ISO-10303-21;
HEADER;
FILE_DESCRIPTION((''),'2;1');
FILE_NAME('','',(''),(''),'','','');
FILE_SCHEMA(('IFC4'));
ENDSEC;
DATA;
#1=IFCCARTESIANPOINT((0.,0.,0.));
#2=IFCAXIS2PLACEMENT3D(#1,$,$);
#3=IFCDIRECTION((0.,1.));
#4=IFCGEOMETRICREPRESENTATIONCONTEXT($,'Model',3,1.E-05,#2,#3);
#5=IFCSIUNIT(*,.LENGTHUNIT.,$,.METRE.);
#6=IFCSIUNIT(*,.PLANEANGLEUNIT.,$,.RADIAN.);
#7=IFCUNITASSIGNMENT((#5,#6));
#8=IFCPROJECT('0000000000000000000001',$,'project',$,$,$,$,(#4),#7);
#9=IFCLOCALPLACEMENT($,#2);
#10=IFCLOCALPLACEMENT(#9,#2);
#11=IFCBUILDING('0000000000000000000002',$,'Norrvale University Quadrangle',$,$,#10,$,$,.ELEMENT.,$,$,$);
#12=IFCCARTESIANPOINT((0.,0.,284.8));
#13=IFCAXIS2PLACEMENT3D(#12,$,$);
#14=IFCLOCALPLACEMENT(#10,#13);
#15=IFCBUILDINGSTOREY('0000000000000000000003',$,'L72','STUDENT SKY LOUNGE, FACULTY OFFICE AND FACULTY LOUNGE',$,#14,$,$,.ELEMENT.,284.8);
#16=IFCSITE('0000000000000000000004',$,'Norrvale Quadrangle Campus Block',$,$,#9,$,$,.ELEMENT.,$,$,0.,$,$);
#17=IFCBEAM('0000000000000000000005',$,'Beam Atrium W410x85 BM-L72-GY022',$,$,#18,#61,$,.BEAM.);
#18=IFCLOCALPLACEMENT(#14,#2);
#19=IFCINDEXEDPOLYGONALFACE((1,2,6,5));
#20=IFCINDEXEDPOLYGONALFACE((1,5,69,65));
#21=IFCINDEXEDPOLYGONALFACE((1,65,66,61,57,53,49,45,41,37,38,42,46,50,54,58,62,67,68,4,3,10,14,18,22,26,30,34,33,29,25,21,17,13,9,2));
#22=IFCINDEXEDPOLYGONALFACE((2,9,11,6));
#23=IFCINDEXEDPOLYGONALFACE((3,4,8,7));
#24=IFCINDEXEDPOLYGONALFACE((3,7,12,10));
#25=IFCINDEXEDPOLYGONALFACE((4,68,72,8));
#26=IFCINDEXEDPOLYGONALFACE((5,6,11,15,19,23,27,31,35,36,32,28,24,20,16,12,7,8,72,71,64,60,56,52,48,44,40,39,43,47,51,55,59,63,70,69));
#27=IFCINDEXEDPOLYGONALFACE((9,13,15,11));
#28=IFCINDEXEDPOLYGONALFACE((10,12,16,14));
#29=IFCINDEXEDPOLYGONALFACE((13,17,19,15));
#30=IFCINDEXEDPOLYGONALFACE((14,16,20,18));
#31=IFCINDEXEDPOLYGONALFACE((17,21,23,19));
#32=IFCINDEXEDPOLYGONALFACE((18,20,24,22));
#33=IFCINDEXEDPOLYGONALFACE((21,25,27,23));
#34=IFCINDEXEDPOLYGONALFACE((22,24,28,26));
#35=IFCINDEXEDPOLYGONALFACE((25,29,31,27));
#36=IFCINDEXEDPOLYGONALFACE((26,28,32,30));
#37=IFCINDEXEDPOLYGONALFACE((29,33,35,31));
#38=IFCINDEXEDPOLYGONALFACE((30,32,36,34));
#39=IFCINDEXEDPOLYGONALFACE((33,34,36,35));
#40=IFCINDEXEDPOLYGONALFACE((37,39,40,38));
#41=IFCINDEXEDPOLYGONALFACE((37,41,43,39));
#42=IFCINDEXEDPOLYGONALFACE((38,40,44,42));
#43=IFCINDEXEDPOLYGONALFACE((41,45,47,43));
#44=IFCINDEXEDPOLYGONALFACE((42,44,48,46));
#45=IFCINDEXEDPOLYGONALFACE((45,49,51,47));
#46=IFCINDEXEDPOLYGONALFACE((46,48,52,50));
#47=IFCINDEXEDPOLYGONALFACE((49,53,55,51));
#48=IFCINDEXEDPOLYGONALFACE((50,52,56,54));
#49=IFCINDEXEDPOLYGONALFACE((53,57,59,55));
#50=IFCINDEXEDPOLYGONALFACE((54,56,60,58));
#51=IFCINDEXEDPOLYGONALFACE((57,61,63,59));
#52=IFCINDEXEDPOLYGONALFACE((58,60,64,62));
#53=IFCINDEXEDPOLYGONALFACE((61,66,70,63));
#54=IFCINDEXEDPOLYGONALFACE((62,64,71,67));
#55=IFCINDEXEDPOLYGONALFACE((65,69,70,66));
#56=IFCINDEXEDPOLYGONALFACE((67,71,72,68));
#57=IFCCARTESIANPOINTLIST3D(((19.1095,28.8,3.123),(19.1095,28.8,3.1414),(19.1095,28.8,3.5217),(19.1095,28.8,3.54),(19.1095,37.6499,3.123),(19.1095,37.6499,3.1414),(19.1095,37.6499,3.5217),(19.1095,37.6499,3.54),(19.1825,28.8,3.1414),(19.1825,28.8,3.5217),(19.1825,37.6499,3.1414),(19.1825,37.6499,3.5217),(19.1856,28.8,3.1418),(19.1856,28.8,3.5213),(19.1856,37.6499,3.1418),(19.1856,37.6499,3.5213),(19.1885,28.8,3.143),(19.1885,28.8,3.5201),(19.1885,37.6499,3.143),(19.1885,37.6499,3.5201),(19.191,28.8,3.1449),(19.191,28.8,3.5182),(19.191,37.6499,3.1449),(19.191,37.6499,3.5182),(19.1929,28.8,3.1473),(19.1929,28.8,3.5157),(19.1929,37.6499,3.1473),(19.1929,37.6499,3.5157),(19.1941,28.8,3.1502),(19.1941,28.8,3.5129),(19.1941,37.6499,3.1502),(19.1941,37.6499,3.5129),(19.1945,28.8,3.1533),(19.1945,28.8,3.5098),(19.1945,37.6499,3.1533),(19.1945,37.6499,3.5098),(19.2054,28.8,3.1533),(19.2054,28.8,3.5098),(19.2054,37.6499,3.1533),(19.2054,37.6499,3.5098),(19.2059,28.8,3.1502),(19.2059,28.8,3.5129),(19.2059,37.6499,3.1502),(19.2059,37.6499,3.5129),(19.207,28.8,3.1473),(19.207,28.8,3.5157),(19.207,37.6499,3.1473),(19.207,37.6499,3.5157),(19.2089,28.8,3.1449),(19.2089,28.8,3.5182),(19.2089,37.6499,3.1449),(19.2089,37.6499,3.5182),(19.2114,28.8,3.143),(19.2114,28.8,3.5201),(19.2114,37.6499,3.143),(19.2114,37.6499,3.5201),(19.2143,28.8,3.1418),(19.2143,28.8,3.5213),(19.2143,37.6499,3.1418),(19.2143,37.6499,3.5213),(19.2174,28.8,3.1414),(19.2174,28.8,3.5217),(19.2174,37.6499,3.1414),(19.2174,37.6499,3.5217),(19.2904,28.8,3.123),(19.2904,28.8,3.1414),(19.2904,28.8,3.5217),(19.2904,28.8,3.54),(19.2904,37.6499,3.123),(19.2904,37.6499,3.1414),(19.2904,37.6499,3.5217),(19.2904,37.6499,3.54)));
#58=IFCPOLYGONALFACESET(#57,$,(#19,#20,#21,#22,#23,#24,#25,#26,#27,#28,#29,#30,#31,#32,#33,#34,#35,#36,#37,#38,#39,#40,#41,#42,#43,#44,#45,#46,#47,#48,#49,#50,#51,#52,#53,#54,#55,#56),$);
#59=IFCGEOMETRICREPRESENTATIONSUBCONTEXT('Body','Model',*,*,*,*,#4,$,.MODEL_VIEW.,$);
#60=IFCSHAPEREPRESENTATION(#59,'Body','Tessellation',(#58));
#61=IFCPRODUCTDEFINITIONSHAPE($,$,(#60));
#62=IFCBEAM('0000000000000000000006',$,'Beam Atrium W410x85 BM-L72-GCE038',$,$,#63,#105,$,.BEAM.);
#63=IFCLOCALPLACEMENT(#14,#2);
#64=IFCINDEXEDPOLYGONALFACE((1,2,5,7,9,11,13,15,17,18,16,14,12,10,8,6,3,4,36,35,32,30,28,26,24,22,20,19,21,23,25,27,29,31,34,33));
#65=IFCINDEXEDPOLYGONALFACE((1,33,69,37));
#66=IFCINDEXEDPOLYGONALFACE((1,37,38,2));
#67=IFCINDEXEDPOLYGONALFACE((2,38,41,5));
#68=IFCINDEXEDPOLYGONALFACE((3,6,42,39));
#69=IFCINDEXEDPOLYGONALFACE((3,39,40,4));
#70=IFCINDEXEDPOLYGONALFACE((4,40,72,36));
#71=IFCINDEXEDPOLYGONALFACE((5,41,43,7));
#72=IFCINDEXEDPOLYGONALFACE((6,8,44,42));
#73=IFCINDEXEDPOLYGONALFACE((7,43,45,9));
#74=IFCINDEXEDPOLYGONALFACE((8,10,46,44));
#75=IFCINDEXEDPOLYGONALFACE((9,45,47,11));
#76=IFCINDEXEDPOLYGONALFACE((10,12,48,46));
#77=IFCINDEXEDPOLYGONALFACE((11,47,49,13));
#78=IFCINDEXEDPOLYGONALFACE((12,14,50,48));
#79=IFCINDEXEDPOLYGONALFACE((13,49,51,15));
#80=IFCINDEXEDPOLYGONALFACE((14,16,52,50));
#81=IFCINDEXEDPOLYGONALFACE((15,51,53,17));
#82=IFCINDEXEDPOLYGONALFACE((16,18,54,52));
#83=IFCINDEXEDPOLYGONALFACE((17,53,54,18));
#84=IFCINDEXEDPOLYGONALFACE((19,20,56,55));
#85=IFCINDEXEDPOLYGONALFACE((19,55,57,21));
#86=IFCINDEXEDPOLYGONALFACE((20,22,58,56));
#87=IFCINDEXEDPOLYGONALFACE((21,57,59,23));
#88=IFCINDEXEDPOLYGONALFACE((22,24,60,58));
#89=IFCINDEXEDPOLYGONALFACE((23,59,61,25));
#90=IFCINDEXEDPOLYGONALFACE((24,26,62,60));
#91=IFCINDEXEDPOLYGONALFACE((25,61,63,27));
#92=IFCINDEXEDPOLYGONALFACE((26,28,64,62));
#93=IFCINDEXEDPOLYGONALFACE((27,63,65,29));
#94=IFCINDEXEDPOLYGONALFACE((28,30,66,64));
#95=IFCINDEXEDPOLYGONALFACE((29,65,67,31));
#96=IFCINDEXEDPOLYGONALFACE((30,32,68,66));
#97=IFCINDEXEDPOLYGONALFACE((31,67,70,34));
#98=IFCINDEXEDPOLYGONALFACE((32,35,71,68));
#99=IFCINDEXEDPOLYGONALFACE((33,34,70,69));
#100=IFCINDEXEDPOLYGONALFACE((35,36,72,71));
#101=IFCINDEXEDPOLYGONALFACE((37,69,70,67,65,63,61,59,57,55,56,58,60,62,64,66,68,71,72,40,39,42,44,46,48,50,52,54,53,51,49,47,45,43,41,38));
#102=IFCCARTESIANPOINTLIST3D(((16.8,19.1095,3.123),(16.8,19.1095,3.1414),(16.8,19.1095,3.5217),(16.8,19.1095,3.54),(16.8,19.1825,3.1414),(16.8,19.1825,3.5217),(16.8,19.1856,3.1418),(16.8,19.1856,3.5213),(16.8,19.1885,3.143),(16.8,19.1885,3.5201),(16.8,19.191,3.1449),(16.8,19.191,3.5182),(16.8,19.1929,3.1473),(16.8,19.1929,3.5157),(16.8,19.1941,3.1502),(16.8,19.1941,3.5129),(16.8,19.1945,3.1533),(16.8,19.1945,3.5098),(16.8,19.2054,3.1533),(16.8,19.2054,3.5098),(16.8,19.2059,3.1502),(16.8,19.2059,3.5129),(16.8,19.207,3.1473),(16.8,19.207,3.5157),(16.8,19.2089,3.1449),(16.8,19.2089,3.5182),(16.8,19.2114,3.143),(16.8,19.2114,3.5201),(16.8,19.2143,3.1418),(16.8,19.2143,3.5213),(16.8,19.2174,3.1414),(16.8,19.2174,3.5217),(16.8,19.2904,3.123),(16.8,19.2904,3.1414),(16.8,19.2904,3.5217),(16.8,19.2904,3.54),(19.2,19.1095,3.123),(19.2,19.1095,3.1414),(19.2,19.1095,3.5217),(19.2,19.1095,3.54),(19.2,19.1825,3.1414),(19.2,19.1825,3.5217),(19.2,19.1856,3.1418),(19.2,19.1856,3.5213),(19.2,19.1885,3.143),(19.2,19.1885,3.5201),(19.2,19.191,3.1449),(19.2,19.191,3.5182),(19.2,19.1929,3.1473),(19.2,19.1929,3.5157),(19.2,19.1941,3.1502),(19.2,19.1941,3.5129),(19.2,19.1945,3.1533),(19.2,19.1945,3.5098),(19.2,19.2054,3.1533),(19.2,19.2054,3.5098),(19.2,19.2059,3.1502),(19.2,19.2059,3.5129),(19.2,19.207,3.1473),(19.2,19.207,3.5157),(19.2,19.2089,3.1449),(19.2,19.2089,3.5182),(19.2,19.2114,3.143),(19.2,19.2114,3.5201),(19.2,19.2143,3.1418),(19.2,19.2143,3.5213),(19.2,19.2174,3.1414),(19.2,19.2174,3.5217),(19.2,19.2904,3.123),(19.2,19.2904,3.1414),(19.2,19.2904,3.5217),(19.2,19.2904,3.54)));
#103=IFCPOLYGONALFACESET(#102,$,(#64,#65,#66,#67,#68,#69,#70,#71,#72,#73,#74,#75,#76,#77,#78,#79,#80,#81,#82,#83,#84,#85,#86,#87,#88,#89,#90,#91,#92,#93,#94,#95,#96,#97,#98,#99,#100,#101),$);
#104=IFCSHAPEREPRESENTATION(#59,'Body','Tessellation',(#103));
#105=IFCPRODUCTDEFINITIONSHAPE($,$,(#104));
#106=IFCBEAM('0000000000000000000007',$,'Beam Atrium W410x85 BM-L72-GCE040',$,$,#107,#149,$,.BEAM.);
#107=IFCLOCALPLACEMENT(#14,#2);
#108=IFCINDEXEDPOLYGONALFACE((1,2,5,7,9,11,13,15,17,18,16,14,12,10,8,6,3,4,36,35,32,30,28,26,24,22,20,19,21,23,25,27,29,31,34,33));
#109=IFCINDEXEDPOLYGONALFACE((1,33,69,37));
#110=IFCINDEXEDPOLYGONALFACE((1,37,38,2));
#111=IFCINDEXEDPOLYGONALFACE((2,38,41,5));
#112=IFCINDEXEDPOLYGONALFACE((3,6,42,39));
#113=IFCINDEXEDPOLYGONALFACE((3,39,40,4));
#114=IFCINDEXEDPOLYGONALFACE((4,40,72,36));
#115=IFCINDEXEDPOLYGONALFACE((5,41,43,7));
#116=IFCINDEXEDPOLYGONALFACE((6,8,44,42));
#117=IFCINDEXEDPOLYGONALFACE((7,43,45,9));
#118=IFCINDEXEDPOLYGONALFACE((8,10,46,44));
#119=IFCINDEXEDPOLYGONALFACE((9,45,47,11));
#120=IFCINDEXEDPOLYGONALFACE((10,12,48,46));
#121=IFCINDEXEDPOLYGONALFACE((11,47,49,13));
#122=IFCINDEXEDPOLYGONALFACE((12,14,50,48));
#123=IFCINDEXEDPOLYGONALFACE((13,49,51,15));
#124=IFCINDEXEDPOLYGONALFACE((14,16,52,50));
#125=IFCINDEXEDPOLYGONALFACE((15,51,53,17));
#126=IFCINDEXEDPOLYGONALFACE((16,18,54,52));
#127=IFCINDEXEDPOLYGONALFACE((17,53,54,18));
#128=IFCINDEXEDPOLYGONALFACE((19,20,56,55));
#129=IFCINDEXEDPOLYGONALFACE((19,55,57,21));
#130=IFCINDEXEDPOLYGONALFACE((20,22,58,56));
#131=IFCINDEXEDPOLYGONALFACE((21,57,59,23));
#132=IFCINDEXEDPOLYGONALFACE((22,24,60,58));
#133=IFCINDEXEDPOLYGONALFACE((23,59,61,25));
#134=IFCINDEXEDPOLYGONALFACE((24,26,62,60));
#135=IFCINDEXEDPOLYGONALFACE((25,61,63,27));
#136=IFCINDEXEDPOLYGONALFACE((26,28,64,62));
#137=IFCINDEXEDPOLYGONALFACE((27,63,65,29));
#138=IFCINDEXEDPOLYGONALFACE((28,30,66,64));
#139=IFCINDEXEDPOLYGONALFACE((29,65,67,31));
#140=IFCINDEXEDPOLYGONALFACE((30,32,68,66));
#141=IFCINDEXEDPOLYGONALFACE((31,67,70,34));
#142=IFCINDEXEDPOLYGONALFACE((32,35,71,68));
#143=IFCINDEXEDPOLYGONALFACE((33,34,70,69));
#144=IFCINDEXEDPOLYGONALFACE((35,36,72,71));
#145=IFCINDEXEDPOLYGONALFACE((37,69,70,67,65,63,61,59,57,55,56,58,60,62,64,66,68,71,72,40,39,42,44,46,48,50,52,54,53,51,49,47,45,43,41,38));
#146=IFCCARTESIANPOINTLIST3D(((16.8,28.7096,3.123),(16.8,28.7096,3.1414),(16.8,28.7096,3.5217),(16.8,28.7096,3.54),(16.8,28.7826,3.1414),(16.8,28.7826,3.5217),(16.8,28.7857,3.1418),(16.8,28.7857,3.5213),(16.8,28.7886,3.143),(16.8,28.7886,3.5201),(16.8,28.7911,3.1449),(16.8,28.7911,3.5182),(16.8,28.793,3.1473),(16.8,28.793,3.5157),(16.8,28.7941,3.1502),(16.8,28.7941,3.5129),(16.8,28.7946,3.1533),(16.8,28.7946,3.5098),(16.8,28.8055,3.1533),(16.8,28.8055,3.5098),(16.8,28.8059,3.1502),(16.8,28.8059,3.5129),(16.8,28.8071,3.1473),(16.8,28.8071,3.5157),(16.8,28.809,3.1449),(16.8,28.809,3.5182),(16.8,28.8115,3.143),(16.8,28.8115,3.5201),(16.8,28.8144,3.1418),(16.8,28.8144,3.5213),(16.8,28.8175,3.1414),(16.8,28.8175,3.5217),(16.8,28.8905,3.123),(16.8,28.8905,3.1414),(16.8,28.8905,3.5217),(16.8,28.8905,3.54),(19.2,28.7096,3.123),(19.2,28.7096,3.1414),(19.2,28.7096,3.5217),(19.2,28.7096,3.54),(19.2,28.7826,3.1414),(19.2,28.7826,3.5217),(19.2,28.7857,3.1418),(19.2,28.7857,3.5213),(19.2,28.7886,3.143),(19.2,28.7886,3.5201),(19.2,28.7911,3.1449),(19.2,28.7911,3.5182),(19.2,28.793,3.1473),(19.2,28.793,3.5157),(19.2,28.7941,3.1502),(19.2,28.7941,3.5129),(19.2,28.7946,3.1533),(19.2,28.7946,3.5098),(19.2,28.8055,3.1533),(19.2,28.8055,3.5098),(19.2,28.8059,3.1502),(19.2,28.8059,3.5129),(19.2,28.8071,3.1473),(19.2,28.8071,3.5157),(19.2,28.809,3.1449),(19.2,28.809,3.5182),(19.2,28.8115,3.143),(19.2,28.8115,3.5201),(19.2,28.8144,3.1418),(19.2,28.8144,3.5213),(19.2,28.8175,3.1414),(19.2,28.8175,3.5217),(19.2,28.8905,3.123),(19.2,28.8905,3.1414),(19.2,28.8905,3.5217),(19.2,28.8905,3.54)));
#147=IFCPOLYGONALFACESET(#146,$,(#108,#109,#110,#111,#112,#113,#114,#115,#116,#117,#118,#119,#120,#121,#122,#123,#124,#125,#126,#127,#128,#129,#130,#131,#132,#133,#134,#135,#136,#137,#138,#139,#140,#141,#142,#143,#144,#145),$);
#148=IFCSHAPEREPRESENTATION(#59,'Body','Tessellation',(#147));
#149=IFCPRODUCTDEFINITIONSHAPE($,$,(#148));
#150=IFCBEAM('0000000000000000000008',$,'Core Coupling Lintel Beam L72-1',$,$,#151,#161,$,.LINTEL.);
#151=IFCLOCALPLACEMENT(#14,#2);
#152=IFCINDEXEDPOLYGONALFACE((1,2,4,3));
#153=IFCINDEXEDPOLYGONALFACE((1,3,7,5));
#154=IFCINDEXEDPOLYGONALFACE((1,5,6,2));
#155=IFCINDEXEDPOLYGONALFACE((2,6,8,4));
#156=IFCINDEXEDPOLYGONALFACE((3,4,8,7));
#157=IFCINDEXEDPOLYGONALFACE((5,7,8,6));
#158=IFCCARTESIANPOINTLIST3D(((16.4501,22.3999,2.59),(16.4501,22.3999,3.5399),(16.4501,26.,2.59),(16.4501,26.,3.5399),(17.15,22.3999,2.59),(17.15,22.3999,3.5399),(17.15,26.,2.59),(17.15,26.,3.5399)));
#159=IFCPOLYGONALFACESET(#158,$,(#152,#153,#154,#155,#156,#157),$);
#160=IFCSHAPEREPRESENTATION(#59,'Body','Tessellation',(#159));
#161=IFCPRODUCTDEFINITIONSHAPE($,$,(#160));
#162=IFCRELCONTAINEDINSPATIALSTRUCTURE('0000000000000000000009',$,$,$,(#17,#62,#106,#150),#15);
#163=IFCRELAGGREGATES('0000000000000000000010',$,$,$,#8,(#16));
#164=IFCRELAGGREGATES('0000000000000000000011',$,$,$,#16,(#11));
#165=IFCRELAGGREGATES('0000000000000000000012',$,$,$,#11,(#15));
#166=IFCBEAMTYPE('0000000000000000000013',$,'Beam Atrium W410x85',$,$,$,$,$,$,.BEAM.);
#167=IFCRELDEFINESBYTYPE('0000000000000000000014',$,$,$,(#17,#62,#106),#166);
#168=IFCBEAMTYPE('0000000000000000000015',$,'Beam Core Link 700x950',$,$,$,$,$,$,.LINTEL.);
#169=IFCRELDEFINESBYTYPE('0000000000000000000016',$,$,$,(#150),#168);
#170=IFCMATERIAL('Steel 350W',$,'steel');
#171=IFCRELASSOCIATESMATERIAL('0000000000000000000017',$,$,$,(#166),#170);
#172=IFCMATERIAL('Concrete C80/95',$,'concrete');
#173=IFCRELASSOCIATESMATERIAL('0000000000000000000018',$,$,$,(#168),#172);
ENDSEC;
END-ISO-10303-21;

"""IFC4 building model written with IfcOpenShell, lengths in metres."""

from ifc_helpers import new_model, si_unit, direction, frame, origin, origin_2d, place, context, subcontext, project, spatial, rectangle, i_section, extrude, material, material_profile, profile_set, type_object, element, save


model = new_model("IFC4")

# Units and contexts
model_context = context("Model", 3, precision=1e-05, world=origin(), true_north=direction((0.0, 1.0)))
body_context = subcontext(model_context, "Body", "Model", "MODEL_VIEW")
ifc_project = project(units=[si_unit("LENGTHUNIT", "METRE"), si_unit("PLANEANGLEUNIT", "RADIAN")], contexts=[model_context])

# Site, building, storey
site_placement = place(None, origin())
site = spatial("IfcSite", under=ifc_project, at=site_placement, Name="Norrvale Quadrangle Campus Block", CompositionType="ELEMENT", RefElevation=0.0)
building_placement = place(site_placement, origin())
building = spatial("IfcBuilding", under=site, at=building_placement, Name="Norrvale University Quadrangle", CompositionType="ELEMENT")
storey_placement = place(building_placement, frame((0.0, 0.0, 284.8)))
storey = spatial("IfcBuildingStorey", under=building, at=storey_placement, Name="L72", Description="STUDENT SKY LOUNGE, FACULTY OFFICE AND FACULTY LOUNGE", CompositionType="ELEMENT", Elevation=284.8)

# Beams
ifc_material_1 = material(Name="Steel 350W", Category="steel")
ifc_material_profile_1 = material_profile(ifc_material_1, i_section(OverallWidth=0.1809, OverallDepth=0.417, WebThickness=0.011, FlangeThickness=0.0183, FilletRadius=0.012, at=origin_2d()), Name="Steel 350W")
ifc_profile_set_1 = profile_set([ifc_material_profile_1], Name="Steel 350W")
beam_type_1 = type_object("IfcBeamType", Name="Beam Atrium W410x85", PredefinedType="BEAM", material=ifc_profile_set_1)
beam_1_placement = place(storey_placement, frame((19.2, 28.8, 3.3315), z_axis=(0.0, 1.0, 0.0), x_axis=(-1.0, 0.0, 0.0)))
element("IfcBeam", 1, at=beam_1_placement, inside=storey, type_object=beam_type_1, Name="Beam Atrium W410x85 BM-L72-GY022", PredefinedType="BEAM", context=body_context, shape_type="SweptSolid", body=[
    extrude(i_section(OverallWidth=0.1809, OverallDepth=0.417, WebThickness=0.011, FlangeThickness=0.0183, FilletRadius=0.012, at=origin_2d()), origin(), (0.0, 0.0, 1.0), 8.8499),
])
for number, where, z_axis, x_axis, name in (
    (2, (16.8, 19.2, 3.3315), (1.0, 0.0, 0.0), (0.0, 1.0, 0.0), "Beam Atrium W410x85 BM-L72-GCE038"),
    (3, (16.8, 28.8, 3.3315), (1.0, 0.0, 0.0), (0.0, 1.0, 0.0), "Beam Atrium W410x85 BM-L72-GCE040"),
):
    element("IfcBeam", number, at=place(storey_placement, frame(where, z_axis=z_axis, x_axis=x_axis)), inside=storey, type_object=beam_type_1, Name=name, PredefinedType="BEAM", context=body_context, shape_type="SweptSolid", body=[
        extrude(i_section(OverallWidth=0.1809, OverallDepth=0.417, WebThickness=0.011, FlangeThickness=0.0183, FilletRadius=0.012, at=origin_2d()), origin(), (0.0, 0.0, 1.0), 2.3999),
    ])
ifc_material_2 = material(Name="Concrete C80/95", Category="concrete")
ifc_material_profile_2 = material_profile(ifc_material_2, rectangle(XDim=0.7, YDim=0.95, at=origin_2d()), Name="Concrete C80/95")
ifc_profile_set_2 = profile_set([ifc_material_profile_2], Name="Concrete C80/95")
beam_type_2 = type_object("IfcBeamType", Name="Beam Core Link 700x950", PredefinedType="LINTEL", material=ifc_profile_set_2)
beam_2_placement = place(storey_placement, frame((16.8, 22.3999, 3.0649), z_axis=(0.0, 1.0, 0.0), x_axis=(-1.0, 0.0, 0.0)))
element("IfcBeam", 4, at=beam_2_placement, inside=storey, type_object=beam_type_2, Name="Core Coupling Lintel Beam L72-1", PredefinedType="LINTEL", context=body_context, shape_type="SweptSolid", body=[
    extrude(rectangle(XDim=0.7, YDim=0.95, at=origin_2d()), origin(), (0.0, 0.0, 1.0), 3.6001),
])

save(model, "model.ifc")
